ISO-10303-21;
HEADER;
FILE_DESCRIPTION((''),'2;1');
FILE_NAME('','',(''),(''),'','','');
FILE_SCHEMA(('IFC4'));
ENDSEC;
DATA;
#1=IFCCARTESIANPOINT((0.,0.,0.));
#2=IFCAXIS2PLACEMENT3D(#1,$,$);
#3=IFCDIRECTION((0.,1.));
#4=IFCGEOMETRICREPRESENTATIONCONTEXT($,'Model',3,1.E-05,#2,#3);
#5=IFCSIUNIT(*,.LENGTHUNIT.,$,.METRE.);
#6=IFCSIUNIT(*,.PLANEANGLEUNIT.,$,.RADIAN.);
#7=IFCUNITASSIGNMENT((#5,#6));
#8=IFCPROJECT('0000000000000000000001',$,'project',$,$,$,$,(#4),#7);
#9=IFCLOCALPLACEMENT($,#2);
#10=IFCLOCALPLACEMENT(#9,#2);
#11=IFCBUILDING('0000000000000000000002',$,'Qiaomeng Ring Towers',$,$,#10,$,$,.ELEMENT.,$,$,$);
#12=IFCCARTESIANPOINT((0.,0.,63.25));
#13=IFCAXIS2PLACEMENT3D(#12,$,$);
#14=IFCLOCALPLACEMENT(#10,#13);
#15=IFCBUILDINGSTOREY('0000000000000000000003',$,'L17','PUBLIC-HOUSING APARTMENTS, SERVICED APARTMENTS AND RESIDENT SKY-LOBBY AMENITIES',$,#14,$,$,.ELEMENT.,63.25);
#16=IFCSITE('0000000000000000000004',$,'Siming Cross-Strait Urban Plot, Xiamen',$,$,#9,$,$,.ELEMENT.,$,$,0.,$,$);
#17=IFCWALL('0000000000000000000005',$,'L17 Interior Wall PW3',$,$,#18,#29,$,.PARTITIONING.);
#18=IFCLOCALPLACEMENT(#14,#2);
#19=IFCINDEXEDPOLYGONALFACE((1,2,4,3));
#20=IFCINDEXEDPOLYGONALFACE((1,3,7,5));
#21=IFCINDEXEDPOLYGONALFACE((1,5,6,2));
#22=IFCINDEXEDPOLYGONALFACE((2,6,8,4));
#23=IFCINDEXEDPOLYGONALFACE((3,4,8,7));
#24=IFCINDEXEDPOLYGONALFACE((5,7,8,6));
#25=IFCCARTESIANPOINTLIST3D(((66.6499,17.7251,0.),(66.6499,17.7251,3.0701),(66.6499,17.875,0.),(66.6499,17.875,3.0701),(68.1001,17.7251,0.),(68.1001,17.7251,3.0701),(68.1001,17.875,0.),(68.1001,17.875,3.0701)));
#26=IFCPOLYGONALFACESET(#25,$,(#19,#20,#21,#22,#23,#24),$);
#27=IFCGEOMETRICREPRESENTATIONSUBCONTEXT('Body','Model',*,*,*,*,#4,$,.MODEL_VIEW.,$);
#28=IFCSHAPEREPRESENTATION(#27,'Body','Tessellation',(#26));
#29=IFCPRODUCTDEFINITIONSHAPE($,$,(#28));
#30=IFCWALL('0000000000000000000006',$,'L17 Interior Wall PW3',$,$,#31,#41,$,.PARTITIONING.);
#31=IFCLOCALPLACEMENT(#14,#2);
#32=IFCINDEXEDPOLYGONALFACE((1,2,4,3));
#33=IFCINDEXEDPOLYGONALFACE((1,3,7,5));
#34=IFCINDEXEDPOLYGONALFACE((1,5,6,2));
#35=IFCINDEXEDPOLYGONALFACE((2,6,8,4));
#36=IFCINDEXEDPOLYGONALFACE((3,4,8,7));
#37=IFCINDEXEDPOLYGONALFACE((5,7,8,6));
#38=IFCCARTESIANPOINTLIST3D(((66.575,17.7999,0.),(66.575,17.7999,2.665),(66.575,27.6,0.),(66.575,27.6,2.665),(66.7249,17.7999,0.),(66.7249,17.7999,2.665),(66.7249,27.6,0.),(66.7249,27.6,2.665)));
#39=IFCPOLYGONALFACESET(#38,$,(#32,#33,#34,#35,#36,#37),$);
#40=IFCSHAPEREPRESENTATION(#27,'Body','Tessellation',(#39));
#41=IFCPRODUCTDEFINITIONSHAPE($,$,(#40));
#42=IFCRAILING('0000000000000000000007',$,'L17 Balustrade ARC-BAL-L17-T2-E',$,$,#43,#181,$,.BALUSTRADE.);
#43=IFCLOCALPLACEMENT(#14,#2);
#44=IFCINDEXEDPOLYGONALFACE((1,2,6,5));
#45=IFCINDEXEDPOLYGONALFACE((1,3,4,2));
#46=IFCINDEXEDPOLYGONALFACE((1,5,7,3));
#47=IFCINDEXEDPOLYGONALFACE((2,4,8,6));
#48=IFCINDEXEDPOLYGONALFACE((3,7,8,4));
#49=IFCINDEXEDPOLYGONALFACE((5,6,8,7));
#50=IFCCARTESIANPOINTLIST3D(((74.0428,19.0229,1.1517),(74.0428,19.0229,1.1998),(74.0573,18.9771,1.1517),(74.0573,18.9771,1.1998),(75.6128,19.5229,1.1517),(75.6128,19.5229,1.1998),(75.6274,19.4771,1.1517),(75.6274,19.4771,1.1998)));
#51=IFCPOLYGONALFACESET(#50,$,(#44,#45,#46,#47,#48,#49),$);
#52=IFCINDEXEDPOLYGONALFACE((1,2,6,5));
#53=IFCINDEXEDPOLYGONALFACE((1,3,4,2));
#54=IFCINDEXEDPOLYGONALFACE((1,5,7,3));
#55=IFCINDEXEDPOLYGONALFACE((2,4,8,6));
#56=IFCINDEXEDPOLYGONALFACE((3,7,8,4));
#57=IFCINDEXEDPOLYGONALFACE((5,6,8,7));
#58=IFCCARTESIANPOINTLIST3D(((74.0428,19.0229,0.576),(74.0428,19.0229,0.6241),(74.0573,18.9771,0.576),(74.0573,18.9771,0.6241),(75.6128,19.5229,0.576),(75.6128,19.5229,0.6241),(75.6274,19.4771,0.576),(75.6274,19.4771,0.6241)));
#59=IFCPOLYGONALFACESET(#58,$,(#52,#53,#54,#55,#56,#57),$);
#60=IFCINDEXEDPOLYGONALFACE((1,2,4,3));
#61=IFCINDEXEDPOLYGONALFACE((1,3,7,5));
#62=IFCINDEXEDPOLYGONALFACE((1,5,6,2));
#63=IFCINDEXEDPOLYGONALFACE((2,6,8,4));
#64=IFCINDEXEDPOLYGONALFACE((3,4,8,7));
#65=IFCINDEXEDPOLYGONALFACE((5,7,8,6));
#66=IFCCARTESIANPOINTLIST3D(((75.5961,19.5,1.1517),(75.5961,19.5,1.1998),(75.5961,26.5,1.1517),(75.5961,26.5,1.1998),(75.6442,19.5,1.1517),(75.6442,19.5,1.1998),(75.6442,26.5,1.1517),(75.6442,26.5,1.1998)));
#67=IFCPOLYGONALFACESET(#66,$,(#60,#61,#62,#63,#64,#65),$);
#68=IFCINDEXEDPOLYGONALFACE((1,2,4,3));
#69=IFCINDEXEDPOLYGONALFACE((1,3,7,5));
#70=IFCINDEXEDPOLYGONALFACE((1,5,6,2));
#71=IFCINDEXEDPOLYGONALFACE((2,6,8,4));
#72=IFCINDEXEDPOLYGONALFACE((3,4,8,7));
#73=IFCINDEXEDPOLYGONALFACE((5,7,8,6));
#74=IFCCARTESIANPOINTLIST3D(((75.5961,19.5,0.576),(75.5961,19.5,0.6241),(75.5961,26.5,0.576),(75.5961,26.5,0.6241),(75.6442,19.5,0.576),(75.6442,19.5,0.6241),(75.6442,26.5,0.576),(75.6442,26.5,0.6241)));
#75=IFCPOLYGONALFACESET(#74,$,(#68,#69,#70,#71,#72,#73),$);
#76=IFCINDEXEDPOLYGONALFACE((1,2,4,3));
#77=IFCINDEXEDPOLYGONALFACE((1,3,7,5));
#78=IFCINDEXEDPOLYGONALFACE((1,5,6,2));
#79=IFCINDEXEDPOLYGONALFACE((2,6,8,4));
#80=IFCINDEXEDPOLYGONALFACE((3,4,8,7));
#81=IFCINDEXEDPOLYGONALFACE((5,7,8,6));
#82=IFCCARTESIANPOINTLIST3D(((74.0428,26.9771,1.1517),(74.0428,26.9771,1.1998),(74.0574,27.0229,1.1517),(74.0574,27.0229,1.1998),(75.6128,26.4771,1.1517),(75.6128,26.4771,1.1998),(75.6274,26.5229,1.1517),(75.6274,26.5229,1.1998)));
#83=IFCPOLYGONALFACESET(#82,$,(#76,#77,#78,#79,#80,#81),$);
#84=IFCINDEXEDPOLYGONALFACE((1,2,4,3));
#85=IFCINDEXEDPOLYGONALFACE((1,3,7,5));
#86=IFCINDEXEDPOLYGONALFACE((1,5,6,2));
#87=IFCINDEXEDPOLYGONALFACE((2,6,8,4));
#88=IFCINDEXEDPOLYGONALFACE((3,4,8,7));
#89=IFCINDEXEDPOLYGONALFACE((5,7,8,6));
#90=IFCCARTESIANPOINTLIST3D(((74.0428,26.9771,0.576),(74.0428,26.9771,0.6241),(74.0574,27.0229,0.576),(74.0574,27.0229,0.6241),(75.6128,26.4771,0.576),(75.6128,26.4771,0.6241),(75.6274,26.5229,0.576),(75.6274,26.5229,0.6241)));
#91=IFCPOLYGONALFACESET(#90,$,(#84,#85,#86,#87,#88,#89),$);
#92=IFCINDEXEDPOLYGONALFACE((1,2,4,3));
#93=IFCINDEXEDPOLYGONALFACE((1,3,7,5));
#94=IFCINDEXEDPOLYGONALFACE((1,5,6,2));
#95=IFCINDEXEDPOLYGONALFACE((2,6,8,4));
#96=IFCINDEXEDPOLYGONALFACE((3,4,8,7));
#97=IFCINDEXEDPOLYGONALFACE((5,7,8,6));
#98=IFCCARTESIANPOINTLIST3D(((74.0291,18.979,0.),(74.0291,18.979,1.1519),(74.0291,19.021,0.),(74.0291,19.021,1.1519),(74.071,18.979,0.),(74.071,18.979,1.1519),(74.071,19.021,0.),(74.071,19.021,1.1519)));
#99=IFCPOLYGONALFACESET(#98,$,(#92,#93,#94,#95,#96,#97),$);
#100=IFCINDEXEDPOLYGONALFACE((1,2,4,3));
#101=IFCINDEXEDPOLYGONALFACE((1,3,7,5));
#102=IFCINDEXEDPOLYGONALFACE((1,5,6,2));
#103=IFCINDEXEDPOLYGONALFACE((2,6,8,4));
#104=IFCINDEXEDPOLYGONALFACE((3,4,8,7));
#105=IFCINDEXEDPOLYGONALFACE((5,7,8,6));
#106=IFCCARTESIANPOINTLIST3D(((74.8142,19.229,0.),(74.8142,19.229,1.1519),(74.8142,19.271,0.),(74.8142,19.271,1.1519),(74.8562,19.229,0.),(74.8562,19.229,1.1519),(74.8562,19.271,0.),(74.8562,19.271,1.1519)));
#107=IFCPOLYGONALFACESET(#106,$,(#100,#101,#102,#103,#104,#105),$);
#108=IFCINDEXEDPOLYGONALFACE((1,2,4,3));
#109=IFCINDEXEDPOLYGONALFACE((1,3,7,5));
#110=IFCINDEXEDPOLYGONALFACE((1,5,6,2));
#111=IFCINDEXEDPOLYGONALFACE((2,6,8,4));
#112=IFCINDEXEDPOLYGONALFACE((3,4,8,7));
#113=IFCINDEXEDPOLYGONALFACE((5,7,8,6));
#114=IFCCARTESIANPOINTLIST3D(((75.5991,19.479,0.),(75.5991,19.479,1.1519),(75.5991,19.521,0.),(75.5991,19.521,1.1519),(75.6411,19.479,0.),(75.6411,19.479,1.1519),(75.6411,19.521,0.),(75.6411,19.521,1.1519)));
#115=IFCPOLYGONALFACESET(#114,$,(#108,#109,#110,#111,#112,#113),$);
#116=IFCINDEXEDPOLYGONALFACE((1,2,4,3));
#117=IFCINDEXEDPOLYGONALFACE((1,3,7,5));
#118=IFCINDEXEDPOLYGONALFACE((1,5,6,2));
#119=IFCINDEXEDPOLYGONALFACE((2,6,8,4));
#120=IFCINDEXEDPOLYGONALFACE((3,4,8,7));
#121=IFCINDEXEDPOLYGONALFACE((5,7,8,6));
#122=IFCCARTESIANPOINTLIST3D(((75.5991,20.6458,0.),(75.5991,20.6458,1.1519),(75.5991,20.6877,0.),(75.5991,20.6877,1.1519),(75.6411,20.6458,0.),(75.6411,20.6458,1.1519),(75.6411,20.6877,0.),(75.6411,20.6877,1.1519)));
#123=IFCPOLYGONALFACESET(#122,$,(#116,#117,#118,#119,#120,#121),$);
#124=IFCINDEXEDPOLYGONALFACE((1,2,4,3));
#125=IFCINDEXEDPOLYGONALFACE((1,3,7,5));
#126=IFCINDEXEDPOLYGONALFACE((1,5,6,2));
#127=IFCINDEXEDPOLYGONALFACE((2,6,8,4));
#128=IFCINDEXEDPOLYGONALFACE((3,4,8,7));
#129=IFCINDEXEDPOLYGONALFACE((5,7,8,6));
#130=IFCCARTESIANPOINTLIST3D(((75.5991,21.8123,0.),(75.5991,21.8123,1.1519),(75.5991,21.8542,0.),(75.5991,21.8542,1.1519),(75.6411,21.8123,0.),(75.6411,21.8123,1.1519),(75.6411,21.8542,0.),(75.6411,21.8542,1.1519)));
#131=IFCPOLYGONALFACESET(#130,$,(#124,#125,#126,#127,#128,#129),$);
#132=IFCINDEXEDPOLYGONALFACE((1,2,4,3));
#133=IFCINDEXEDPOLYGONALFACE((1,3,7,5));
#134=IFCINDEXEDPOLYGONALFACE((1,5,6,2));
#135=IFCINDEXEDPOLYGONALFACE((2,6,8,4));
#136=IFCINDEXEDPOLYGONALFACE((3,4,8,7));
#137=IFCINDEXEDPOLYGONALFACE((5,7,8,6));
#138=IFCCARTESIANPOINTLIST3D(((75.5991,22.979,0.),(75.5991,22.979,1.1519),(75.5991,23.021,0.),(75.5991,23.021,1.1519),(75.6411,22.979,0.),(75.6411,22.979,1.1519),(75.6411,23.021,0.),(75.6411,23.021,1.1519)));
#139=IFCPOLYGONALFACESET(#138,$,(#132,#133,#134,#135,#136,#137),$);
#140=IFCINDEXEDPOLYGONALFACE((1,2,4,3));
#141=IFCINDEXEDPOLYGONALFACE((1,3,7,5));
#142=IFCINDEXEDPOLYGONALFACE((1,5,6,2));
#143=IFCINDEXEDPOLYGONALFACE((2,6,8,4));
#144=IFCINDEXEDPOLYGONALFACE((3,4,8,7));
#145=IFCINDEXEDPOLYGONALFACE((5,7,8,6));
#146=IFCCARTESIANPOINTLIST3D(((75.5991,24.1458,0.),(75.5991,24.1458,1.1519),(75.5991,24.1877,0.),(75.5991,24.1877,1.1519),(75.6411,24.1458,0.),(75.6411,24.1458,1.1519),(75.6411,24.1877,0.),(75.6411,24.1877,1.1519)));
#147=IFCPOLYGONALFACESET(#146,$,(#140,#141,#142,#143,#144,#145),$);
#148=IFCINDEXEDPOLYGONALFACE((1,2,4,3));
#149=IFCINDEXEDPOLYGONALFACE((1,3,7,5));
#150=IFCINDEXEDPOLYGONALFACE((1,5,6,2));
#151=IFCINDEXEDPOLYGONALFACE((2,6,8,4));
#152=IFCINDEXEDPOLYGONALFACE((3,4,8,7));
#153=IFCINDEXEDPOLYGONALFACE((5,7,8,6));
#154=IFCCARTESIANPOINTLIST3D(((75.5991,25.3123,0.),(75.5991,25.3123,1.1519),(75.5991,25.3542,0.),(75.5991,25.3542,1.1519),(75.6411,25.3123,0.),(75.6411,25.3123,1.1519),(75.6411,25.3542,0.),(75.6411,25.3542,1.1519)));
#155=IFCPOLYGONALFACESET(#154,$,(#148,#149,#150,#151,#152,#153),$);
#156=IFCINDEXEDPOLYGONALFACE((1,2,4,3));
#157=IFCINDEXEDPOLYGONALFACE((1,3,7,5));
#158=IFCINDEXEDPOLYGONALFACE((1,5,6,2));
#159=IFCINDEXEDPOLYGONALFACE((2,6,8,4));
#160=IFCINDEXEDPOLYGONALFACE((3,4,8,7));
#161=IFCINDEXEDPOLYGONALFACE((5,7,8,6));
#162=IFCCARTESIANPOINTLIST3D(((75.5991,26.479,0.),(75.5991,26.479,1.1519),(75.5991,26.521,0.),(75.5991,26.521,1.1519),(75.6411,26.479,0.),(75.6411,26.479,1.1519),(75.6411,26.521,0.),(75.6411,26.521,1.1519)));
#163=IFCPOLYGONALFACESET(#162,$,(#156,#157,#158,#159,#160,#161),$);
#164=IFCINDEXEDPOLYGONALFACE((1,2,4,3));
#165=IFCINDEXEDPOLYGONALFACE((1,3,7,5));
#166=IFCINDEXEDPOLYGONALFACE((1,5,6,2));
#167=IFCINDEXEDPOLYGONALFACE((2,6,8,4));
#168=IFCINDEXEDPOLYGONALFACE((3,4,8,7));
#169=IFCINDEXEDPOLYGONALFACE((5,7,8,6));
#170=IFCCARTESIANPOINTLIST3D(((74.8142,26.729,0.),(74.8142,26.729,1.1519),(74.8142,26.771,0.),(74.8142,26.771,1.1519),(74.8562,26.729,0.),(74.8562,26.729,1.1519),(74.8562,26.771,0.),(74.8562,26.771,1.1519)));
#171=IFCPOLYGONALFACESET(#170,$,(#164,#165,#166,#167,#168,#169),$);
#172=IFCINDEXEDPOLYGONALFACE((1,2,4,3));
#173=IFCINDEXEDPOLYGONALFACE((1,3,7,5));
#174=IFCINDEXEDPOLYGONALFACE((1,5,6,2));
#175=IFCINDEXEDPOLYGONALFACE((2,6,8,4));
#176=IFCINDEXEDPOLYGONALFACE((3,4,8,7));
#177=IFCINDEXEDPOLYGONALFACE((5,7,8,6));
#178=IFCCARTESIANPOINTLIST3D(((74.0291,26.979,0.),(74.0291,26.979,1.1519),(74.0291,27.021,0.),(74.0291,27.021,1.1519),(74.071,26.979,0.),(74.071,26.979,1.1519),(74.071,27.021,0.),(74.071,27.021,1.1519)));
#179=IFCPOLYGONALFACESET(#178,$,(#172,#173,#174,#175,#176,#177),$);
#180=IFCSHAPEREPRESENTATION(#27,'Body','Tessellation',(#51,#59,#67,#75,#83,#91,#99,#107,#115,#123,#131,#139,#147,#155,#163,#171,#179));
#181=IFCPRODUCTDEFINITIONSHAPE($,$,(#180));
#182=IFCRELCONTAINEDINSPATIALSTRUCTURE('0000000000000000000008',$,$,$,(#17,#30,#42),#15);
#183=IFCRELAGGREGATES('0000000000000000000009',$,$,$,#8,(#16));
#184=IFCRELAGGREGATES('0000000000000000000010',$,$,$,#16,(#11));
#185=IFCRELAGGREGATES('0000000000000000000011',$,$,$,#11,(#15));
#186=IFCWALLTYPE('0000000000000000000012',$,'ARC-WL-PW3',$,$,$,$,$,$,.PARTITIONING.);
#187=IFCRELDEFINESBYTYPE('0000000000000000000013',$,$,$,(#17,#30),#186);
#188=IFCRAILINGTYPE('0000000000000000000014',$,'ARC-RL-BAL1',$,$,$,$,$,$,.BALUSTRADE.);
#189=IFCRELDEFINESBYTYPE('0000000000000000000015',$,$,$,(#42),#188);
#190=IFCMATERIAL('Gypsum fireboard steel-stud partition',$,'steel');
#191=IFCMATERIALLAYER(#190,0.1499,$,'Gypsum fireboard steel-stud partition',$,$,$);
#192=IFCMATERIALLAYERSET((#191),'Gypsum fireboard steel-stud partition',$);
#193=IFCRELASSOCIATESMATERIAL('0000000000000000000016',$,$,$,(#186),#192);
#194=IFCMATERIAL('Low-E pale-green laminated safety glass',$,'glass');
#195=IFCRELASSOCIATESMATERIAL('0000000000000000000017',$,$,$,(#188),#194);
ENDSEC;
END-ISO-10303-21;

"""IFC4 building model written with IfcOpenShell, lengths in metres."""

from ifc_helpers import new_model, si_unit, direction, frame, frame_2d, origin, origin_2d, place, context, subcontext, project, spatial, rectangle, extrude, material, layer, layer_set, type_object, element, save


model = new_model("IFC4")

# Units and contexts
model_context = context("Model", 3, precision=1e-05, world=origin(), true_north=direction((0.0, 1.0)))
body_context = subcontext(model_context, "Body", "Model", "MODEL_VIEW")
ifc_project = project(units=[si_unit("LENGTHUNIT", "METRE"), si_unit("PLANEANGLEUNIT", "RADIAN")], contexts=[model_context])

# Site, building, storey
site_placement = place(None, origin())
site = spatial("IfcSite", under=ifc_project, at=site_placement, Name="Siming Cross-Strait Urban Plot, Xiamen", CompositionType="ELEMENT", RefElevation=0.0)
building_placement = place(site_placement, origin())
building = spatial("IfcBuilding", under=site, at=building_placement, Name="Qiaomeng Ring Towers", CompositionType="ELEMENT")
storey_placement = place(building_placement, frame((0.0, 0.0, 63.25)))
storey = spatial("IfcBuildingStorey", under=building, at=storey_placement, Name="L17", Description="PUBLIC-HOUSING APARTMENTS, SERVICED APARTMENTS AND RESIDENT SKY-LOBBY AMENITIES", CompositionType="ELEMENT", Elevation=63.25)

# Shared definitions
ifc_material_1 = material(Name="Gypsum fireboard steel-stud partition", Category="steel")
ifc_layer_1 = layer(ifc_material_1, 0.1499, Name="Gypsum fireboard steel-stud partition")
ifc_layer_set_1 = layer_set([ifc_layer_1], Name="Gypsum fireboard steel-stud partition")
wall_type_1 = type_object("IfcWallType", Name="ARC-WL-PW3", PredefinedType="PARTITIONING", material=ifc_layer_set_1)

# Walls
wall_1_placement = place(storey_placement, frame((66.6499, 17.8, 0.0), z_axis=(0.0, 0.0, 1.0), x_axis=(1.0, 0.0, 0.0)))
element("IfcWall", 1, at=wall_1_placement, inside=storey, type_object=wall_type_1, Name="L17 Interior Wall PW3", PredefinedType="PARTITIONING", context=body_context, shape_type="SweptSolid", body=[
    extrude(rectangle(XDim=1.4502, YDim=0.1499, at=frame_2d((0.7251, 0.0))), origin(), (0.0, 0.0, 1.0), 3.0701),
])
wall_2_placement = place(storey_placement, frame((66.6499, 17.8, 0.0), z_axis=(0.0, 0.0, 1.0), x_axis=(0.0, 1.0, 0.0)))
element("IfcWall", 2, at=wall_2_placement, inside=storey, type_object=wall_type_1, Name="L17 Interior Wall PW3", PredefinedType="PARTITIONING", context=body_context, shape_type="SweptSolid", body=[
    extrude(rectangle(XDim=9.8, YDim=0.1499, at=frame_2d((4.8999, 0.0))), origin(), (0.0, 0.0, 1.0), 2.665),
])

# Railing
ifc_material_2 = material(Name="Low-E pale-green laminated safety glass", Category="glass")
railing_type = type_object("IfcRailingType", Name="ARC-RL-BAL1", PredefinedType="BALUSTRADE", material=ifc_material_2)
railing_placement = place(storey_placement, frame((74.05, 19.0, 0.0)))
element("IfcRailing", 3, at=railing_placement, inside=storey, type_object=railing_type, Name="L17 Balustrade ARC-BAL-L17-T2-E", PredefinedType="BALUSTRADE", context=body_context, shape_type="SweptSolid", body=[
    extrude(rectangle(XDim=0.0481, YDim=0.0481, at=origin_2d()), frame((0.0, 0.0, 1.1758), z_axis=(0.95285, 0.303442, 0.0), x_axis=(-0.303442, 0.95285, 0.0)), (0.0, 0.0, 1.0), 1.6477),
    extrude(rectangle(XDim=0.0481, YDim=0.0481, at=origin_2d()), frame((0.0, 0.0, 0.6001), z_axis=(0.95285, 0.303442, 0.0), x_axis=(-0.303442, 0.95285, 0.0)), (0.0, 0.0, 1.0), 1.6477),
    extrude(rectangle(XDim=0.0481, YDim=0.0481, at=origin_2d()), frame((1.5701, 0.5, 1.1758), z_axis=(0.0, 1.0, 0.0), x_axis=(-1.0, 0.0, 0.0)), (0.0, 0.0, 1.0), 7.0),
    extrude(rectangle(XDim=0.0481, YDim=0.0481, at=origin_2d()), frame((1.5701, 0.5, 0.6001), z_axis=(0.0, 1.0, 0.0), x_axis=(-1.0, 0.0, 0.0)), (0.0, 0.0, 1.0), 7.0),
    extrude(rectangle(XDim=0.0481, YDim=0.0481, at=origin_2d()), frame((1.5701, 7.5, 1.1758), z_axis=(-0.95285, 0.303442, 0.0), x_axis=(-0.303442, -0.95285, 0.0)), (0.0, 0.0, 1.0), 1.6477),
    extrude(rectangle(XDim=0.0481, YDim=0.0481, at=origin_2d()), frame((1.5701, 7.5, 0.6001), z_axis=(-0.95285, 0.303442, 0.0), x_axis=(-0.303442, -0.95285, 0.0)), (0.0, 0.0, 1.0), 1.6477),
    extrude(rectangle(XDim=0.042, YDim=0.042, at=origin_2d()), origin(), (0.0, 0.0, 1.0), 1.1519),
    extrude(rectangle(XDim=0.042, YDim=0.042, at=origin_2d()), frame((0.7852, 0.25, 0.0)), (0.0, 0.0, 1.0), 1.1519),
    extrude(rectangle(XDim=0.042, YDim=0.042, at=origin_2d()), frame((1.5701, 0.5, 0.0)), (0.0, 0.0, 1.0), 1.1519),
    extrude(rectangle(XDim=0.042, YDim=0.042, at=origin_2d()), frame((1.5701, 1.6667, 0.0)), (0.0, 0.0, 1.0), 1.1519),
    extrude(rectangle(XDim=0.042, YDim=0.042, at=origin_2d()), frame((1.5701, 2.8333, 0.0)), (0.0, 0.0, 1.0), 1.1519),
    extrude(rectangle(XDim=0.042, YDim=0.042, at=origin_2d()), frame((1.5701, 4.0, 0.0)), (0.0, 0.0, 1.0), 1.1519),
    extrude(rectangle(XDim=0.042, YDim=0.042, at=origin_2d()), frame((1.5701, 5.1667, 0.0)), (0.0, 0.0, 1.0), 1.1519),
    extrude(rectangle(XDim=0.042, YDim=0.042, at=origin_2d()), frame((1.5701, 6.3333, 0.0)), (0.0, 0.0, 1.0), 1.1519),
    extrude(rectangle(XDim=0.042, YDim=0.042, at=origin_2d()), frame((1.5701, 7.5, 0.0)), (0.0, 0.0, 1.0), 1.1519),
    extrude(rectangle(XDim=0.042, YDim=0.042, at=origin_2d()), frame((0.7852, 7.75, 0.0)), (0.0, 0.0, 1.0), 1.1519),
    extrude(rectangle(XDim=0.042, YDim=0.042, at=origin_2d()), frame((0.0, 8.0, 0.0)), (0.0, 0.0, 1.0), 1.1519),
])

save(model, "model.ifc")
